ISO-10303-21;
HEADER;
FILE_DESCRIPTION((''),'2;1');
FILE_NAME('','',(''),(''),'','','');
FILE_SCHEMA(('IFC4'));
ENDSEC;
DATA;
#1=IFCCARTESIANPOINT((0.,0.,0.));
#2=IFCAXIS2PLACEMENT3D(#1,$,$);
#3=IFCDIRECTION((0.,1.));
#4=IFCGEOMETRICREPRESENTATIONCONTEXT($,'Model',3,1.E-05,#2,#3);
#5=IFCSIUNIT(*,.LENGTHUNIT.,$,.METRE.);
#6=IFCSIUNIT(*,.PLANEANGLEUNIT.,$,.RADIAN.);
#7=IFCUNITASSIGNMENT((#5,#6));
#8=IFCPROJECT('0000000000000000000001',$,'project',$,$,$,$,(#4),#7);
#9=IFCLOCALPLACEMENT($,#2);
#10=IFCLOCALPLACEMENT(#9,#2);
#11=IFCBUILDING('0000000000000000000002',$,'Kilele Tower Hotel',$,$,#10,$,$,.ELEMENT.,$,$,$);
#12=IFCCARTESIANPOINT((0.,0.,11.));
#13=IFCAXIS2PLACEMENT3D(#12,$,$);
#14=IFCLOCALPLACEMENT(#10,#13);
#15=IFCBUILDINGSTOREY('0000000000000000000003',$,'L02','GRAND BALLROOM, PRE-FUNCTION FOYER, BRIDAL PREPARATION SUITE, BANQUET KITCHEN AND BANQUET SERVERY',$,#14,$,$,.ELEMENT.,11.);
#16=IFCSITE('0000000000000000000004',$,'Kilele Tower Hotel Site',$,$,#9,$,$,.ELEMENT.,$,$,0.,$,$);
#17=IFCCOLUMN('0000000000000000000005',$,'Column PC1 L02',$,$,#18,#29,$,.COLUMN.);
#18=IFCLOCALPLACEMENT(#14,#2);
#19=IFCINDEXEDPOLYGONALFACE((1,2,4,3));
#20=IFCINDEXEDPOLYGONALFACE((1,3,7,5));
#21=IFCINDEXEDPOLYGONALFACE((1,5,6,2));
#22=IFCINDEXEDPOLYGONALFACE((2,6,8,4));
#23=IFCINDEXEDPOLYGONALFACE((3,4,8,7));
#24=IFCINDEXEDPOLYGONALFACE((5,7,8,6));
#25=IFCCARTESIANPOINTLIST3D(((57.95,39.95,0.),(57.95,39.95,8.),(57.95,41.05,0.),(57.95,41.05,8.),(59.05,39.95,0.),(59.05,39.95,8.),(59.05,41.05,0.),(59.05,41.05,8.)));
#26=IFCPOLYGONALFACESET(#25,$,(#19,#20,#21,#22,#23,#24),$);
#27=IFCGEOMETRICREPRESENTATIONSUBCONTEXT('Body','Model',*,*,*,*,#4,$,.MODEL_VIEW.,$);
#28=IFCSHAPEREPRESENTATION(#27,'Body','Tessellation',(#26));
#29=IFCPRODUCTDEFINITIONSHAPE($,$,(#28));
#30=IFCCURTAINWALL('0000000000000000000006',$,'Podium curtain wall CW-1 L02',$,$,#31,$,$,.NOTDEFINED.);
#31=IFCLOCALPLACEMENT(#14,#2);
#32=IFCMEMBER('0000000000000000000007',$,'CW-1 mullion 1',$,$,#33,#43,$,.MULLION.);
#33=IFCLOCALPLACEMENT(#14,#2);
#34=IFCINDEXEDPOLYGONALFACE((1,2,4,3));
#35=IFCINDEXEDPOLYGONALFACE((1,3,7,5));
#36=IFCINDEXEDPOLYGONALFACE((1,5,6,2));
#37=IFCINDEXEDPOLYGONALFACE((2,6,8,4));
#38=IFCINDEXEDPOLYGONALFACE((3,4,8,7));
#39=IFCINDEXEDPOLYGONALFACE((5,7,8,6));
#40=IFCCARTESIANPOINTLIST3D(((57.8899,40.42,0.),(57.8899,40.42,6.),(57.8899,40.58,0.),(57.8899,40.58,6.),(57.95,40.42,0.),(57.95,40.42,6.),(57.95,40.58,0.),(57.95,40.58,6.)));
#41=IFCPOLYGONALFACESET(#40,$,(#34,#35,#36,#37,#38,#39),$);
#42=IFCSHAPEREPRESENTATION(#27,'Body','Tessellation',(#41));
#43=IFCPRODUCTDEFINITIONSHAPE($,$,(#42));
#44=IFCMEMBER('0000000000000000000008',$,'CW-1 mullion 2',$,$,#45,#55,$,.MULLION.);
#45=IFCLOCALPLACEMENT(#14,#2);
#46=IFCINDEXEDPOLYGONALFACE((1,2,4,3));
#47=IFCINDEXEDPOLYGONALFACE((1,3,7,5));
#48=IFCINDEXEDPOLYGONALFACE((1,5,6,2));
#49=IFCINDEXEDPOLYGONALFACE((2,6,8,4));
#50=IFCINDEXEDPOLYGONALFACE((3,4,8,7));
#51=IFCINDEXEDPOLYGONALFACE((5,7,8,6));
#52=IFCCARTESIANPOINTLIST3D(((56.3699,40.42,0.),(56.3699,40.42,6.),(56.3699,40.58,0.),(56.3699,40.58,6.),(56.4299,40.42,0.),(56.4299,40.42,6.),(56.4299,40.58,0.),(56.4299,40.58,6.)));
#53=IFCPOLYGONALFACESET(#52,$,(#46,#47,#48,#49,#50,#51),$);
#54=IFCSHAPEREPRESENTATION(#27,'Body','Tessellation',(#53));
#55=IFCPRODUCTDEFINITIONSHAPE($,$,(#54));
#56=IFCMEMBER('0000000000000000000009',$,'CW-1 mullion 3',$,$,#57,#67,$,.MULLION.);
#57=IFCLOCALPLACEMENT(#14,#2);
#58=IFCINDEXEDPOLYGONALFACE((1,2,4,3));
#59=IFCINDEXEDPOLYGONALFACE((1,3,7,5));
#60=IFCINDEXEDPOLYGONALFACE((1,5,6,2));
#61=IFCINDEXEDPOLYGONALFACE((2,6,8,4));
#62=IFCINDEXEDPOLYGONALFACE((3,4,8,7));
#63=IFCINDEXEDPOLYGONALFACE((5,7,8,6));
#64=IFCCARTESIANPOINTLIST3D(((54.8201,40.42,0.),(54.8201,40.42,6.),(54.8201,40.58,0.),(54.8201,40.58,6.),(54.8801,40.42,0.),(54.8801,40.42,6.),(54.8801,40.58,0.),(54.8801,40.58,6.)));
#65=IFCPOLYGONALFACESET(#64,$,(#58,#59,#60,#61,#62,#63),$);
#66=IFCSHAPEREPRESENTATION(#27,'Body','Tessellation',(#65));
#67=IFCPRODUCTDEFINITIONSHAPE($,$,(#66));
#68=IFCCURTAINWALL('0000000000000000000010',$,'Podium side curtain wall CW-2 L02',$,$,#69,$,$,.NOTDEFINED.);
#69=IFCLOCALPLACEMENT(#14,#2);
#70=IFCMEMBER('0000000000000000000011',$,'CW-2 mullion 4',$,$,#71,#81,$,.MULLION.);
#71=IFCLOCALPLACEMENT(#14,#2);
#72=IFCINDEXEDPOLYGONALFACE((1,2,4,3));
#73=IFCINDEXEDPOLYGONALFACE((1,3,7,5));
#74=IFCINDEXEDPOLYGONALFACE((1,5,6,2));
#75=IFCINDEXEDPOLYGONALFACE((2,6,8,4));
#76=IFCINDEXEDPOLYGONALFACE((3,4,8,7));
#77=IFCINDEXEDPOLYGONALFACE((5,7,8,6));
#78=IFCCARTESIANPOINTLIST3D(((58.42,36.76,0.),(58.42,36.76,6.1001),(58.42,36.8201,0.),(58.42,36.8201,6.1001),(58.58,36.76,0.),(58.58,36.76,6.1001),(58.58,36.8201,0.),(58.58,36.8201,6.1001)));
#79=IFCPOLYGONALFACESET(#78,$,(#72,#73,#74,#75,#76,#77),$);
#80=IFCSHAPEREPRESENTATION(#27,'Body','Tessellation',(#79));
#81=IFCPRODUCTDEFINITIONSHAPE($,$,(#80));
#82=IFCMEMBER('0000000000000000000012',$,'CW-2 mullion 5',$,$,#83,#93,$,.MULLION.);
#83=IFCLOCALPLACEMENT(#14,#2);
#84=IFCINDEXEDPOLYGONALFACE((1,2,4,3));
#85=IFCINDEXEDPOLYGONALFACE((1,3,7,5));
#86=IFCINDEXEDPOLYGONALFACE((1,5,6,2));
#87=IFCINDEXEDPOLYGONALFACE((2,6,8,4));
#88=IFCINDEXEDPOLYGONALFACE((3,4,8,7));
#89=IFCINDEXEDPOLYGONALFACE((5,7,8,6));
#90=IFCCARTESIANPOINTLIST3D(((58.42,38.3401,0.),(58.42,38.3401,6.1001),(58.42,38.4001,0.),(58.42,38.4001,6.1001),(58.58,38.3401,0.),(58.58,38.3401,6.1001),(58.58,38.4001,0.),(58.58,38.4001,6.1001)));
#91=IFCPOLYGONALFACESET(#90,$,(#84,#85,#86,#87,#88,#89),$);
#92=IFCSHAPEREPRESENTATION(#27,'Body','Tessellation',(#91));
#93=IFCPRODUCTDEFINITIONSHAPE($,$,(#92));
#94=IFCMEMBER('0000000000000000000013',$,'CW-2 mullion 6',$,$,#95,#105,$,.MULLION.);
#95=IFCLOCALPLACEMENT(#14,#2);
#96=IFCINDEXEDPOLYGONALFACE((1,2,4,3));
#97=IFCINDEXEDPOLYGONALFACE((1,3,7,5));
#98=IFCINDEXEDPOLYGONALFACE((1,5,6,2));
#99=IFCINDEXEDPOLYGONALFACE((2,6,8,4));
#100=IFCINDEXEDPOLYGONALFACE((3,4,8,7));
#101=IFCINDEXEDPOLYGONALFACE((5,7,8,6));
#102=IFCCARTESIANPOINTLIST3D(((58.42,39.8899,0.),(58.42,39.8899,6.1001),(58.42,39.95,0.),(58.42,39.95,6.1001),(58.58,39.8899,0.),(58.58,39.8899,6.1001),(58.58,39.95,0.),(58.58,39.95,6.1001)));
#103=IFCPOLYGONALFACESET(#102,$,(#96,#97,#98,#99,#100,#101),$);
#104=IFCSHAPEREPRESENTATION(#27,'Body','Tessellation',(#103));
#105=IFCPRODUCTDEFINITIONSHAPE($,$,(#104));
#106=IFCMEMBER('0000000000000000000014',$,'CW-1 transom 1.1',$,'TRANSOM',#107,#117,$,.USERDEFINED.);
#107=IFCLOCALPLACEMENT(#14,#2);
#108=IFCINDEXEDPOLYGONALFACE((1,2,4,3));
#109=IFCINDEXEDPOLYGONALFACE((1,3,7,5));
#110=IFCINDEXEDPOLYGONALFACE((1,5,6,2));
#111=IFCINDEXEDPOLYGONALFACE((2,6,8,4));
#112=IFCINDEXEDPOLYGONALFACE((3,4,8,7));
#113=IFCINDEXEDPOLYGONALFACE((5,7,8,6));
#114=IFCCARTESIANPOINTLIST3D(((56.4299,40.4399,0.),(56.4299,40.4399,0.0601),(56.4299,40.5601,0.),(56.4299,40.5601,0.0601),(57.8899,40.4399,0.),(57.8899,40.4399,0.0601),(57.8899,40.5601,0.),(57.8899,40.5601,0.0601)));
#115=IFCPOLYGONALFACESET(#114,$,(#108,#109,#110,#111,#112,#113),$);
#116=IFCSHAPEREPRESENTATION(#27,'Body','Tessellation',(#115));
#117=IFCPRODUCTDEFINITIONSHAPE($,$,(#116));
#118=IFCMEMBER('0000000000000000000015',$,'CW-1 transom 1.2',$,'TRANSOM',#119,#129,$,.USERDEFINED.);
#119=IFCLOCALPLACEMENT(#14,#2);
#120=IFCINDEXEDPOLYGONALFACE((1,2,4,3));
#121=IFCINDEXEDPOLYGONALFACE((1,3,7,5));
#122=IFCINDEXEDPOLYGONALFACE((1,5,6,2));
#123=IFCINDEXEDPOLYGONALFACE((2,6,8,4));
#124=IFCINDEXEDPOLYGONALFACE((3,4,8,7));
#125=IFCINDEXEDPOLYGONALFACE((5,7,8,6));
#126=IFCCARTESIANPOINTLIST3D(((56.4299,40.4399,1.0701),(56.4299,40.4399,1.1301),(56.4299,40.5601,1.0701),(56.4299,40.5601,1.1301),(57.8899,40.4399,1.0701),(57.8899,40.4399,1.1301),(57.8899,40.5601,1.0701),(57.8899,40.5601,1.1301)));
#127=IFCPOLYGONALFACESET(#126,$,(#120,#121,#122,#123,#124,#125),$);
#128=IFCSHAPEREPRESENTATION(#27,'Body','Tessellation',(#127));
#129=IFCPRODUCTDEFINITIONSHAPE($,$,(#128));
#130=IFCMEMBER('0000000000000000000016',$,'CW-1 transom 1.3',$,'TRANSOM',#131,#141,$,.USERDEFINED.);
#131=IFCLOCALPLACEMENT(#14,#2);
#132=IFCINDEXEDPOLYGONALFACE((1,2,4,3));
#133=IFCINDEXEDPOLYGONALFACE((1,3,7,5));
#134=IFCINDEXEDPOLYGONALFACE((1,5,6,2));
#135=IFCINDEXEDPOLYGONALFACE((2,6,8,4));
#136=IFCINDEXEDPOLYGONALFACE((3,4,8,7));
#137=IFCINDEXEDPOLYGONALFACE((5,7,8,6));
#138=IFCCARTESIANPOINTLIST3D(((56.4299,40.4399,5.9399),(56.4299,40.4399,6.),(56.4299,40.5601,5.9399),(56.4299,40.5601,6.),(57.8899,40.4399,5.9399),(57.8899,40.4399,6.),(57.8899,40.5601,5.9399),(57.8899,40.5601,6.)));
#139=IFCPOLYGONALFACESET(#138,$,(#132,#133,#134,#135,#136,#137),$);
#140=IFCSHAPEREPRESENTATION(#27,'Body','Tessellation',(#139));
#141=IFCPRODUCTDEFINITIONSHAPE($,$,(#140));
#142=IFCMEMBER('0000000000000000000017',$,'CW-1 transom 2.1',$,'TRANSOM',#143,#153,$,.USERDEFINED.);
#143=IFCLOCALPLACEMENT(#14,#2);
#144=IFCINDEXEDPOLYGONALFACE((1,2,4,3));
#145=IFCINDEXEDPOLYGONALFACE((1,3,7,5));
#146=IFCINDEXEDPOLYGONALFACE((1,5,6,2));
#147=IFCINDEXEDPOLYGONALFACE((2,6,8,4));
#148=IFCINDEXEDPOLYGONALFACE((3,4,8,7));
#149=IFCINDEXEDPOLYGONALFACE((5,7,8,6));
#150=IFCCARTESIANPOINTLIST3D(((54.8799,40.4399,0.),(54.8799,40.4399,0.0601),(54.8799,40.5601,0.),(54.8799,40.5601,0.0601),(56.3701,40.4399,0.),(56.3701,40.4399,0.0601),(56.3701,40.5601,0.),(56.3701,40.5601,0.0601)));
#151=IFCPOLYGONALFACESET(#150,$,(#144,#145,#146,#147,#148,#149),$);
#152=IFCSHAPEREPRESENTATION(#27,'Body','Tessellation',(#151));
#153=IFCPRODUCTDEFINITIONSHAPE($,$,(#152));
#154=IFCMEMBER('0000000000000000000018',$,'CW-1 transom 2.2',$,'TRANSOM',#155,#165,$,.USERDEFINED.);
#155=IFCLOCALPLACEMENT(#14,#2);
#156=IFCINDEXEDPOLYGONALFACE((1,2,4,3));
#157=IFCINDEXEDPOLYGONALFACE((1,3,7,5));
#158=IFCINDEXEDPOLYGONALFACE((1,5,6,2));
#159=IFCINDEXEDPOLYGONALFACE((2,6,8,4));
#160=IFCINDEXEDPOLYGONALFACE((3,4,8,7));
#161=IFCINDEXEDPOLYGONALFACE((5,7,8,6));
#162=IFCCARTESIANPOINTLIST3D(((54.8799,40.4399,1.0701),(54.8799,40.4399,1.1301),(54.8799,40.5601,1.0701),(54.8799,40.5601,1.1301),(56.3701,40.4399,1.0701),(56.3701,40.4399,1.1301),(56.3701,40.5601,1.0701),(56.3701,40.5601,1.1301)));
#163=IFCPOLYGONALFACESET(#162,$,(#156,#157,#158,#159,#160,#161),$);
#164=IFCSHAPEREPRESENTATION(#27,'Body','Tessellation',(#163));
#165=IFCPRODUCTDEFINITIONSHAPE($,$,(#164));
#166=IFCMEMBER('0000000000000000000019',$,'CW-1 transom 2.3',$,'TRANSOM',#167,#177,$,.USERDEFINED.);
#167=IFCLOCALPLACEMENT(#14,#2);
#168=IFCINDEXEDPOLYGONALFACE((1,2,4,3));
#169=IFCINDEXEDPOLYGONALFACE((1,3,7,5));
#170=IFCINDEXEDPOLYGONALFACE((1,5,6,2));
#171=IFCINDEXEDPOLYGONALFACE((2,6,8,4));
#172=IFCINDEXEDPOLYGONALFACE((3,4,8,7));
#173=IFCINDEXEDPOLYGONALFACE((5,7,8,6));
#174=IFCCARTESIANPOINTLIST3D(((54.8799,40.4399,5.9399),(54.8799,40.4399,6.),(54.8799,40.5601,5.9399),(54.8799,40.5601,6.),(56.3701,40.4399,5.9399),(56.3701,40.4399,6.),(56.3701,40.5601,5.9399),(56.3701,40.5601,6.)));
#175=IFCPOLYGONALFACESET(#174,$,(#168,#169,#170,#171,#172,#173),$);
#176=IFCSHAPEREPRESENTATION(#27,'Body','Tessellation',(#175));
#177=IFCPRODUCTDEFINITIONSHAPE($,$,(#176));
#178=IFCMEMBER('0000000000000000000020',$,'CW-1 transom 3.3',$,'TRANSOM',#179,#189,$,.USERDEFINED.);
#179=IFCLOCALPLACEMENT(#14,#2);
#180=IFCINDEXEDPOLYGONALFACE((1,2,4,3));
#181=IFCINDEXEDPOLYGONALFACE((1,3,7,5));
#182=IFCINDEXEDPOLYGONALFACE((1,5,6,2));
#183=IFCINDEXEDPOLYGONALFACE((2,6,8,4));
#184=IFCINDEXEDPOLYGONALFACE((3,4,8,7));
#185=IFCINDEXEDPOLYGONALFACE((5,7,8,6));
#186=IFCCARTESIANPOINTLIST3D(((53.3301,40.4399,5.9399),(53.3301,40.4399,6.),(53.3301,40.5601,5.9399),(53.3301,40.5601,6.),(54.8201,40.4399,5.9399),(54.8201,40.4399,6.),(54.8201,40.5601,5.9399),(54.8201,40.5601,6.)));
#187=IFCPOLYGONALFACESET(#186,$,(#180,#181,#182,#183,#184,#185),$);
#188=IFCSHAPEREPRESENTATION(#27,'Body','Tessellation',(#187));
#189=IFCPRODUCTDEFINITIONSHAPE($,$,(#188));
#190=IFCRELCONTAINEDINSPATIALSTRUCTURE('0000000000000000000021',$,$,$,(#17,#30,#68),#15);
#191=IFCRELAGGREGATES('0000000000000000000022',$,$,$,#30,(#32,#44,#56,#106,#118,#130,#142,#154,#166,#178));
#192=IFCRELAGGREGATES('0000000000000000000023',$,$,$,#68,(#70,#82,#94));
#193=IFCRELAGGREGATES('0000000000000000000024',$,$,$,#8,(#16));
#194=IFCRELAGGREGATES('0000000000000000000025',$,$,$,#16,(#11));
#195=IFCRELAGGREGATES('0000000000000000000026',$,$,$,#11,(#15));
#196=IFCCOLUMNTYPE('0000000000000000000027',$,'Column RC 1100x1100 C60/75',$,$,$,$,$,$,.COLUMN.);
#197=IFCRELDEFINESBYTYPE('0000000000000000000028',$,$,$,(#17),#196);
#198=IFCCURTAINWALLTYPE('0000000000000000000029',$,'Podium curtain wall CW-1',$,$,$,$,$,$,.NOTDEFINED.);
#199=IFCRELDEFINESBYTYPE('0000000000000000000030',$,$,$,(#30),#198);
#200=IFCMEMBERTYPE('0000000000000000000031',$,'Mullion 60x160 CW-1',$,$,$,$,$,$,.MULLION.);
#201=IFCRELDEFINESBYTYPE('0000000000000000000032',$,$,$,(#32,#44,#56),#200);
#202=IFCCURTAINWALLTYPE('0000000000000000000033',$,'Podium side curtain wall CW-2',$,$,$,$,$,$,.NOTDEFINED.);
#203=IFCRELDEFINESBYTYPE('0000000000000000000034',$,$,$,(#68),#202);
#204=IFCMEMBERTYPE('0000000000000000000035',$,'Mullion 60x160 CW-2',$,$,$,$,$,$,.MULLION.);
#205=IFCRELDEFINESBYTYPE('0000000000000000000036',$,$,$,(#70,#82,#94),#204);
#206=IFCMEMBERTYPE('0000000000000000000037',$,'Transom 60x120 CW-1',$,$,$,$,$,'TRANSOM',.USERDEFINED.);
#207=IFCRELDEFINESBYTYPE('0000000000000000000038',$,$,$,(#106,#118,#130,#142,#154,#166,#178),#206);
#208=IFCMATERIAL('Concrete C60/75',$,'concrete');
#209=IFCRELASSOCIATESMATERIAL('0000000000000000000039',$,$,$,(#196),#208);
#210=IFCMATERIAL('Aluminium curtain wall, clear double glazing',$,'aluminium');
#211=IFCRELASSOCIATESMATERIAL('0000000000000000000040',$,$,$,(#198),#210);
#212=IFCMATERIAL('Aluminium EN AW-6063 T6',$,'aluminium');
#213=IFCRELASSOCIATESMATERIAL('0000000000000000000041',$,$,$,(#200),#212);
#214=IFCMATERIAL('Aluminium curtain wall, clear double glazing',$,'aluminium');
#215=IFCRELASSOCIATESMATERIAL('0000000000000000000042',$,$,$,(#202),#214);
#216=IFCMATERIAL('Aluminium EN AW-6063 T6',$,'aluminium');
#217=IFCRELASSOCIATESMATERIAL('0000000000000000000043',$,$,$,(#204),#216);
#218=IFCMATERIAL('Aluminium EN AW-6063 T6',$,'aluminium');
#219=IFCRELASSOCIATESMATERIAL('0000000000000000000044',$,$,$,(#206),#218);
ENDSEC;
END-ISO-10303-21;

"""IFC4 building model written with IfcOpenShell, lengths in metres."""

from ifc_helpers import new_model, si_unit, direction, frame, origin, origin_2d, place, context, subcontext, project, spatial, rectangle, extrude, material, material_profile, profile_set, type_object, element, aggregate, save


model = new_model("IFC4")

# Units and contexts
model_context = context("Model", 3, precision=1e-05, world=origin(), true_north=direction((0.0, 1.0)))
body_context = subcontext(model_context, "Body", "Model", "MODEL_VIEW")
ifc_project = project(units=[si_unit("LENGTHUNIT", "METRE"), si_unit("PLANEANGLEUNIT", "RADIAN")], contexts=[model_context])

# Site, building, storey
site_placement = place(None, origin())
site = spatial("IfcSite", under=ifc_project, at=site_placement, Name="Kilele Tower Hotel Site", CompositionType="ELEMENT", RefElevation=0.0)
building_placement = place(site_placement, origin())
building = spatial("IfcBuilding", under=site, at=building_placement, Name="Kilele Tower Hotel", CompositionType="ELEMENT")
storey_placement = place(building_placement, frame((0.0, 0.0, 11.0)))
storey = spatial("IfcBuildingStorey", under=building, at=storey_placement, Name="L02", Description="GRAND BALLROOM, PRE-FUNCTION FOYER, BRIDAL PREPARATION SUITE, BANQUET KITCHEN AND BANQUET SERVERY", CompositionType="ELEMENT", Elevation=11.0)

# Column
ifc_material_1 = material(Name="Concrete C60/75", Category="concrete")
ifc_material_profile_1 = material_profile(ifc_material_1, rectangle(XDim=1.1001, YDim=1.1001, at=origin_2d()))
ifc_profile_set_1 = profile_set([ifc_material_profile_1], Name="Concrete C60/75")
column_type = type_object("IfcColumnType", Name="Column RC 1100x1100 C60/75", PredefinedType="COLUMN", material=ifc_profile_set_1)
column_placement = place(storey_placement, frame((58.5, 40.5, 0.0), z_axis=(0.0, 0.0, 1.0), x_axis=(1.0, 0.0, 0.0)))
element("IfcColumn", 1, at=column_placement, inside=storey, type_object=column_type, Name="Column PC1 L02", PredefinedType="COLUMN", context=body_context, shape_type="SweptSolid", body=[
    extrude(rectangle(XDim=1.1001, YDim=1.1001, at=origin_2d()), origin(), (0.0, 0.0, 1.0), 8.0),
])

# Curtain walls, members
ifc_material_2 = material(Name="Aluminium curtain wall, clear double glazing", Category="aluminium")
curtain_wall_type_1 = type_object("IfcCurtainWallType", Name="Podium curtain wall CW-1", PredefinedType="NOTDEFINED", material=ifc_material_2)
curtain_wall_1_placement = place(storey_placement, origin())
curtain_wall_1 = element("IfcCurtainWall", 2, at=curtain_wall_1_placement, inside=storey, type_object=curtain_wall_type_1, Name="Podium curtain wall CW-1 L02", PredefinedType="NOTDEFINED")
ifc_material_3 = material(Name="Aluminium EN AW-6063 T6", Category="aluminium")
ifc_material_profile_2 = material_profile(ifc_material_3, rectangle(XDim=0.1599, YDim=0.0601, at=origin_2d()))
ifc_profile_set_2 = profile_set([ifc_material_profile_2], Name="Aluminium EN AW-6063 T6")
member_type_1 = type_object("IfcMemberType", Name="Mullion 60x160 CW-1", PredefinedType="MULLION", material=ifc_profile_set_2)
member_1_placement = place(storey_placement, frame((57.9199, 40.5, 0.0), z_axis=(0.0, 0.0, 1.0), x_axis=(0.0, -1.0, 0.0)))
member_1 = element("IfcMember", 3, at=member_1_placement, type_object=member_type_1, Name="CW-1 mullion 1", PredefinedType="MULLION", context=body_context, shape_type="SweptSolid", body=[
    extrude(rectangle(XDim=0.1599, YDim=0.0601, at=origin_2d()), origin(), (0.0, 0.0, 1.0), 6.0),
])
member_2_placement = place(storey_placement, frame((56.3999, 40.5, 0.0), z_axis=(0.0, 0.0, 1.0), x_axis=(0.0, -1.0, 0.0)))
member_2 = element("IfcMember", 4, at=member_2_placement, type_object=member_type_1, Name="CW-1 mullion 2", PredefinedType="MULLION", context=body_context, shape_type="SweptSolid", body=[
    extrude(rectangle(XDim=0.1599, YDim=0.0601, at=origin_2d()), origin(), (0.0, 0.0, 1.0), 6.0),
])
member_3_placement = place(storey_placement, frame((54.8501, 40.5, 0.0), z_axis=(0.0, 0.0, 1.0), x_axis=(0.0, -1.0, 0.0)))
member_3 = element("IfcMember", 5, at=member_3_placement, type_object=member_type_1, Name="CW-1 mullion 3", PredefinedType="MULLION", context=body_context, shape_type="SweptSolid", body=[
    extrude(rectangle(XDim=0.1599, YDim=0.0601, at=origin_2d()), origin(), (0.0, 0.0, 1.0), 6.0),
])
ifc_material_4 = material(Name="Aluminium curtain wall, clear double glazing", Category="aluminium")
curtain_wall_type_2 = type_object("IfcCurtainWallType", Name="Podium side curtain wall CW-2", PredefinedType="NOTDEFINED", material=ifc_material_4)
curtain_wall_2_placement = place(storey_placement, origin())
curtain_wall_2 = element("IfcCurtainWall", 6, at=curtain_wall_2_placement, inside=storey, type_object=curtain_wall_type_2, Name="Podium side curtain wall CW-2 L02", PredefinedType="NOTDEFINED")
ifc_material_5 = material(Name="Aluminium EN AW-6063 T6", Category="aluminium")
ifc_material_profile_3 = material_profile(ifc_material_5, rectangle(XDim=0.1599, YDim=0.0601, at=origin_2d()))
ifc_profile_set_3 = profile_set([ifc_material_profile_3], Name="Aluminium EN AW-6063 T6")
member_type_2 = type_object("IfcMemberType", Name="Mullion 60x160 CW-2", PredefinedType="MULLION", material=ifc_profile_set_3)
member_4_placement = place(storey_placement, frame((58.5, 36.79, 0.0), z_axis=(0.0, 0.0, 1.0), x_axis=(-1.0, 0.0, 0.0)))
member_4 = element("IfcMember", 7, at=member_4_placement, type_object=member_type_2, Name="CW-2 mullion 4", PredefinedType="MULLION", context=body_context, shape_type="SweptSolid", body=[
    extrude(rectangle(XDim=0.1599, YDim=0.0601, at=origin_2d()), origin(), (0.0, 0.0, 1.0), 6.1001),
])
member_5_placement = place(storey_placement, frame((58.5, 38.3701, 0.0), z_axis=(0.0, 0.0, 1.0), x_axis=(-1.0, 0.0, 0.0)))
member_5 = element("IfcMember", 8, at=member_5_placement, type_object=member_type_2, Name="CW-2 mullion 5", PredefinedType="MULLION", context=body_context, shape_type="SweptSolid", body=[
    extrude(rectangle(XDim=0.1599, YDim=0.0601, at=origin_2d()), origin(), (0.0, 0.0, 1.0), 6.1001),
])
member_6_placement = place(storey_placement, frame((58.5, 39.9199, 0.0), z_axis=(0.0, 0.0, 1.0), x_axis=(-1.0, 0.0, 0.0)))
member_6 = element("IfcMember", 9, at=member_6_placement, type_object=member_type_2, Name="CW-2 mullion 6", PredefinedType="MULLION", context=body_context, shape_type="SweptSolid", body=[
    extrude(rectangle(XDim=0.1599, YDim=0.0601, at=origin_2d()), origin(), (0.0, 0.0, 1.0), 6.1001),
])

# Members
ifc_material_6 = material(Name="Aluminium EN AW-6063 T6", Category="aluminium")
ifc_material_profile_4 = material_profile(ifc_material_6, rectangle(XDim=0.1201, YDim=0.0601, at=origin_2d()))
ifc_profile_set_4 = profile_set([ifc_material_profile_4], Name="Aluminium EN AW-6063 T6")
member_type_3 = type_object("IfcMemberType", Name="Transom 60x120 CW-1", ElementType="TRANSOM", PredefinedType="USERDEFINED", material=ifc_profile_set_4)
member_7_placement = place(storey_placement, frame((57.8899, 40.5, 0.03), z_axis=(-1.0, 0.0, 0.0), x_axis=(0.0, -1.0, 0.0)))
member_7 = element("IfcMember", 10, at=member_7_placement, type_object=member_type_3, Name="CW-1 transom 1.1", ObjectType="TRANSOM", PredefinedType="USERDEFINED", context=body_context, shape_type="SweptSolid", body=[
    extrude(rectangle(XDim=0.1201, YDim=0.0601, at=origin_2d()), origin(), (0.0, 0.0, 1.0), 1.46),
])
member_8_placement = place(storey_placement, frame((57.8899, 40.5, 1.1001), z_axis=(-1.0, 0.0, 0.0), x_axis=(0.0, -1.0, 0.0)))
member_8 = element("IfcMember", 11, at=member_8_placement, type_object=member_type_3, Name="CW-1 transom 1.2", ObjectType="TRANSOM", PredefinedType="USERDEFINED", context=body_context, shape_type="SweptSolid", body=[
    extrude(rectangle(XDim=0.1201, YDim=0.0601, at=origin_2d()), origin(), (0.0, 0.0, 1.0), 1.46),
])
member_9_placement = place(storey_placement, frame((57.8899, 40.5, 5.97), z_axis=(-1.0, 0.0, 0.0), x_axis=(0.0, -1.0, 0.0)))
member_9 = element("IfcMember", 12, at=member_9_placement, type_object=member_type_3, Name="CW-1 transom 1.3", ObjectType="TRANSOM", PredefinedType="USERDEFINED", context=body_context, shape_type="SweptSolid", body=[
    extrude(rectangle(XDim=0.1201, YDim=0.0601, at=origin_2d()), origin(), (0.0, 0.0, 1.0), 1.46),
])
member_10_placement = place(storey_placement, frame((56.3701, 40.5, 0.03), z_axis=(-1.0, 0.0, 0.0), x_axis=(0.0, -1.0, 0.0)))
member_10 = element("IfcMember", 13, at=member_10_placement, type_object=member_type_3, Name="CW-1 transom 2.1", ObjectType="TRANSOM", PredefinedType="USERDEFINED", context=body_context, shape_type="SweptSolid", body=[
    extrude(rectangle(XDim=0.1201, YDim=0.0601, at=origin_2d()), origin(), (0.0, 0.0, 1.0), 1.4902),
])
member_11_placement = place(storey_placement, frame((56.3701, 40.5, 1.1001), z_axis=(-1.0, 0.0, 0.0), x_axis=(0.0, -1.0, 0.0)))
member_11 = element("IfcMember", 14, at=member_11_placement, type_object=member_type_3, Name="CW-1 transom 2.2", ObjectType="TRANSOM", PredefinedType="USERDEFINED", context=body_context, shape_type="SweptSolid", body=[
    extrude(rectangle(XDim=0.1201, YDim=0.0601, at=origin_2d()), origin(), (0.0, 0.0, 1.0), 1.4902),
])
member_12_placement = place(storey_placement, frame((56.3701, 40.5, 5.97), z_axis=(-1.0, 0.0, 0.0), x_axis=(0.0, -1.0, 0.0)))
member_12 = element("IfcMember", 15, at=member_12_placement, type_object=member_type_3, Name="CW-1 transom 2.3", ObjectType="TRANSOM", PredefinedType="USERDEFINED", context=body_context, shape_type="SweptSolid", body=[
    extrude(rectangle(XDim=0.1201, YDim=0.0601, at=origin_2d()), origin(), (0.0, 0.0, 1.0), 1.4902),
])
member_13_placement = place(storey_placement, frame((54.8201, 40.5, 5.97), z_axis=(-1.0, 0.0, 0.0), x_axis=(0.0, -1.0, 0.0)))
member_13 = element("IfcMember", 16, at=member_13_placement, type_object=member_type_3, Name="CW-1 transom 3.3", ObjectType="TRANSOM", PredefinedType="USERDEFINED", context=body_context, shape_type="SweptSolid", body=[
    extrude(rectangle(XDim=0.1201, YDim=0.0601, at=origin_2d()), origin(), (0.0, 0.0, 1.0), 1.49),
])

aggregate(curtain_wall_1, [member_1, member_2, member_3, member_7, member_8, member_9, member_10, member_11, member_12, member_13])
aggregate(curtain_wall_2, [member_4, member_5, member_6])

save(model, "model.ifc")
